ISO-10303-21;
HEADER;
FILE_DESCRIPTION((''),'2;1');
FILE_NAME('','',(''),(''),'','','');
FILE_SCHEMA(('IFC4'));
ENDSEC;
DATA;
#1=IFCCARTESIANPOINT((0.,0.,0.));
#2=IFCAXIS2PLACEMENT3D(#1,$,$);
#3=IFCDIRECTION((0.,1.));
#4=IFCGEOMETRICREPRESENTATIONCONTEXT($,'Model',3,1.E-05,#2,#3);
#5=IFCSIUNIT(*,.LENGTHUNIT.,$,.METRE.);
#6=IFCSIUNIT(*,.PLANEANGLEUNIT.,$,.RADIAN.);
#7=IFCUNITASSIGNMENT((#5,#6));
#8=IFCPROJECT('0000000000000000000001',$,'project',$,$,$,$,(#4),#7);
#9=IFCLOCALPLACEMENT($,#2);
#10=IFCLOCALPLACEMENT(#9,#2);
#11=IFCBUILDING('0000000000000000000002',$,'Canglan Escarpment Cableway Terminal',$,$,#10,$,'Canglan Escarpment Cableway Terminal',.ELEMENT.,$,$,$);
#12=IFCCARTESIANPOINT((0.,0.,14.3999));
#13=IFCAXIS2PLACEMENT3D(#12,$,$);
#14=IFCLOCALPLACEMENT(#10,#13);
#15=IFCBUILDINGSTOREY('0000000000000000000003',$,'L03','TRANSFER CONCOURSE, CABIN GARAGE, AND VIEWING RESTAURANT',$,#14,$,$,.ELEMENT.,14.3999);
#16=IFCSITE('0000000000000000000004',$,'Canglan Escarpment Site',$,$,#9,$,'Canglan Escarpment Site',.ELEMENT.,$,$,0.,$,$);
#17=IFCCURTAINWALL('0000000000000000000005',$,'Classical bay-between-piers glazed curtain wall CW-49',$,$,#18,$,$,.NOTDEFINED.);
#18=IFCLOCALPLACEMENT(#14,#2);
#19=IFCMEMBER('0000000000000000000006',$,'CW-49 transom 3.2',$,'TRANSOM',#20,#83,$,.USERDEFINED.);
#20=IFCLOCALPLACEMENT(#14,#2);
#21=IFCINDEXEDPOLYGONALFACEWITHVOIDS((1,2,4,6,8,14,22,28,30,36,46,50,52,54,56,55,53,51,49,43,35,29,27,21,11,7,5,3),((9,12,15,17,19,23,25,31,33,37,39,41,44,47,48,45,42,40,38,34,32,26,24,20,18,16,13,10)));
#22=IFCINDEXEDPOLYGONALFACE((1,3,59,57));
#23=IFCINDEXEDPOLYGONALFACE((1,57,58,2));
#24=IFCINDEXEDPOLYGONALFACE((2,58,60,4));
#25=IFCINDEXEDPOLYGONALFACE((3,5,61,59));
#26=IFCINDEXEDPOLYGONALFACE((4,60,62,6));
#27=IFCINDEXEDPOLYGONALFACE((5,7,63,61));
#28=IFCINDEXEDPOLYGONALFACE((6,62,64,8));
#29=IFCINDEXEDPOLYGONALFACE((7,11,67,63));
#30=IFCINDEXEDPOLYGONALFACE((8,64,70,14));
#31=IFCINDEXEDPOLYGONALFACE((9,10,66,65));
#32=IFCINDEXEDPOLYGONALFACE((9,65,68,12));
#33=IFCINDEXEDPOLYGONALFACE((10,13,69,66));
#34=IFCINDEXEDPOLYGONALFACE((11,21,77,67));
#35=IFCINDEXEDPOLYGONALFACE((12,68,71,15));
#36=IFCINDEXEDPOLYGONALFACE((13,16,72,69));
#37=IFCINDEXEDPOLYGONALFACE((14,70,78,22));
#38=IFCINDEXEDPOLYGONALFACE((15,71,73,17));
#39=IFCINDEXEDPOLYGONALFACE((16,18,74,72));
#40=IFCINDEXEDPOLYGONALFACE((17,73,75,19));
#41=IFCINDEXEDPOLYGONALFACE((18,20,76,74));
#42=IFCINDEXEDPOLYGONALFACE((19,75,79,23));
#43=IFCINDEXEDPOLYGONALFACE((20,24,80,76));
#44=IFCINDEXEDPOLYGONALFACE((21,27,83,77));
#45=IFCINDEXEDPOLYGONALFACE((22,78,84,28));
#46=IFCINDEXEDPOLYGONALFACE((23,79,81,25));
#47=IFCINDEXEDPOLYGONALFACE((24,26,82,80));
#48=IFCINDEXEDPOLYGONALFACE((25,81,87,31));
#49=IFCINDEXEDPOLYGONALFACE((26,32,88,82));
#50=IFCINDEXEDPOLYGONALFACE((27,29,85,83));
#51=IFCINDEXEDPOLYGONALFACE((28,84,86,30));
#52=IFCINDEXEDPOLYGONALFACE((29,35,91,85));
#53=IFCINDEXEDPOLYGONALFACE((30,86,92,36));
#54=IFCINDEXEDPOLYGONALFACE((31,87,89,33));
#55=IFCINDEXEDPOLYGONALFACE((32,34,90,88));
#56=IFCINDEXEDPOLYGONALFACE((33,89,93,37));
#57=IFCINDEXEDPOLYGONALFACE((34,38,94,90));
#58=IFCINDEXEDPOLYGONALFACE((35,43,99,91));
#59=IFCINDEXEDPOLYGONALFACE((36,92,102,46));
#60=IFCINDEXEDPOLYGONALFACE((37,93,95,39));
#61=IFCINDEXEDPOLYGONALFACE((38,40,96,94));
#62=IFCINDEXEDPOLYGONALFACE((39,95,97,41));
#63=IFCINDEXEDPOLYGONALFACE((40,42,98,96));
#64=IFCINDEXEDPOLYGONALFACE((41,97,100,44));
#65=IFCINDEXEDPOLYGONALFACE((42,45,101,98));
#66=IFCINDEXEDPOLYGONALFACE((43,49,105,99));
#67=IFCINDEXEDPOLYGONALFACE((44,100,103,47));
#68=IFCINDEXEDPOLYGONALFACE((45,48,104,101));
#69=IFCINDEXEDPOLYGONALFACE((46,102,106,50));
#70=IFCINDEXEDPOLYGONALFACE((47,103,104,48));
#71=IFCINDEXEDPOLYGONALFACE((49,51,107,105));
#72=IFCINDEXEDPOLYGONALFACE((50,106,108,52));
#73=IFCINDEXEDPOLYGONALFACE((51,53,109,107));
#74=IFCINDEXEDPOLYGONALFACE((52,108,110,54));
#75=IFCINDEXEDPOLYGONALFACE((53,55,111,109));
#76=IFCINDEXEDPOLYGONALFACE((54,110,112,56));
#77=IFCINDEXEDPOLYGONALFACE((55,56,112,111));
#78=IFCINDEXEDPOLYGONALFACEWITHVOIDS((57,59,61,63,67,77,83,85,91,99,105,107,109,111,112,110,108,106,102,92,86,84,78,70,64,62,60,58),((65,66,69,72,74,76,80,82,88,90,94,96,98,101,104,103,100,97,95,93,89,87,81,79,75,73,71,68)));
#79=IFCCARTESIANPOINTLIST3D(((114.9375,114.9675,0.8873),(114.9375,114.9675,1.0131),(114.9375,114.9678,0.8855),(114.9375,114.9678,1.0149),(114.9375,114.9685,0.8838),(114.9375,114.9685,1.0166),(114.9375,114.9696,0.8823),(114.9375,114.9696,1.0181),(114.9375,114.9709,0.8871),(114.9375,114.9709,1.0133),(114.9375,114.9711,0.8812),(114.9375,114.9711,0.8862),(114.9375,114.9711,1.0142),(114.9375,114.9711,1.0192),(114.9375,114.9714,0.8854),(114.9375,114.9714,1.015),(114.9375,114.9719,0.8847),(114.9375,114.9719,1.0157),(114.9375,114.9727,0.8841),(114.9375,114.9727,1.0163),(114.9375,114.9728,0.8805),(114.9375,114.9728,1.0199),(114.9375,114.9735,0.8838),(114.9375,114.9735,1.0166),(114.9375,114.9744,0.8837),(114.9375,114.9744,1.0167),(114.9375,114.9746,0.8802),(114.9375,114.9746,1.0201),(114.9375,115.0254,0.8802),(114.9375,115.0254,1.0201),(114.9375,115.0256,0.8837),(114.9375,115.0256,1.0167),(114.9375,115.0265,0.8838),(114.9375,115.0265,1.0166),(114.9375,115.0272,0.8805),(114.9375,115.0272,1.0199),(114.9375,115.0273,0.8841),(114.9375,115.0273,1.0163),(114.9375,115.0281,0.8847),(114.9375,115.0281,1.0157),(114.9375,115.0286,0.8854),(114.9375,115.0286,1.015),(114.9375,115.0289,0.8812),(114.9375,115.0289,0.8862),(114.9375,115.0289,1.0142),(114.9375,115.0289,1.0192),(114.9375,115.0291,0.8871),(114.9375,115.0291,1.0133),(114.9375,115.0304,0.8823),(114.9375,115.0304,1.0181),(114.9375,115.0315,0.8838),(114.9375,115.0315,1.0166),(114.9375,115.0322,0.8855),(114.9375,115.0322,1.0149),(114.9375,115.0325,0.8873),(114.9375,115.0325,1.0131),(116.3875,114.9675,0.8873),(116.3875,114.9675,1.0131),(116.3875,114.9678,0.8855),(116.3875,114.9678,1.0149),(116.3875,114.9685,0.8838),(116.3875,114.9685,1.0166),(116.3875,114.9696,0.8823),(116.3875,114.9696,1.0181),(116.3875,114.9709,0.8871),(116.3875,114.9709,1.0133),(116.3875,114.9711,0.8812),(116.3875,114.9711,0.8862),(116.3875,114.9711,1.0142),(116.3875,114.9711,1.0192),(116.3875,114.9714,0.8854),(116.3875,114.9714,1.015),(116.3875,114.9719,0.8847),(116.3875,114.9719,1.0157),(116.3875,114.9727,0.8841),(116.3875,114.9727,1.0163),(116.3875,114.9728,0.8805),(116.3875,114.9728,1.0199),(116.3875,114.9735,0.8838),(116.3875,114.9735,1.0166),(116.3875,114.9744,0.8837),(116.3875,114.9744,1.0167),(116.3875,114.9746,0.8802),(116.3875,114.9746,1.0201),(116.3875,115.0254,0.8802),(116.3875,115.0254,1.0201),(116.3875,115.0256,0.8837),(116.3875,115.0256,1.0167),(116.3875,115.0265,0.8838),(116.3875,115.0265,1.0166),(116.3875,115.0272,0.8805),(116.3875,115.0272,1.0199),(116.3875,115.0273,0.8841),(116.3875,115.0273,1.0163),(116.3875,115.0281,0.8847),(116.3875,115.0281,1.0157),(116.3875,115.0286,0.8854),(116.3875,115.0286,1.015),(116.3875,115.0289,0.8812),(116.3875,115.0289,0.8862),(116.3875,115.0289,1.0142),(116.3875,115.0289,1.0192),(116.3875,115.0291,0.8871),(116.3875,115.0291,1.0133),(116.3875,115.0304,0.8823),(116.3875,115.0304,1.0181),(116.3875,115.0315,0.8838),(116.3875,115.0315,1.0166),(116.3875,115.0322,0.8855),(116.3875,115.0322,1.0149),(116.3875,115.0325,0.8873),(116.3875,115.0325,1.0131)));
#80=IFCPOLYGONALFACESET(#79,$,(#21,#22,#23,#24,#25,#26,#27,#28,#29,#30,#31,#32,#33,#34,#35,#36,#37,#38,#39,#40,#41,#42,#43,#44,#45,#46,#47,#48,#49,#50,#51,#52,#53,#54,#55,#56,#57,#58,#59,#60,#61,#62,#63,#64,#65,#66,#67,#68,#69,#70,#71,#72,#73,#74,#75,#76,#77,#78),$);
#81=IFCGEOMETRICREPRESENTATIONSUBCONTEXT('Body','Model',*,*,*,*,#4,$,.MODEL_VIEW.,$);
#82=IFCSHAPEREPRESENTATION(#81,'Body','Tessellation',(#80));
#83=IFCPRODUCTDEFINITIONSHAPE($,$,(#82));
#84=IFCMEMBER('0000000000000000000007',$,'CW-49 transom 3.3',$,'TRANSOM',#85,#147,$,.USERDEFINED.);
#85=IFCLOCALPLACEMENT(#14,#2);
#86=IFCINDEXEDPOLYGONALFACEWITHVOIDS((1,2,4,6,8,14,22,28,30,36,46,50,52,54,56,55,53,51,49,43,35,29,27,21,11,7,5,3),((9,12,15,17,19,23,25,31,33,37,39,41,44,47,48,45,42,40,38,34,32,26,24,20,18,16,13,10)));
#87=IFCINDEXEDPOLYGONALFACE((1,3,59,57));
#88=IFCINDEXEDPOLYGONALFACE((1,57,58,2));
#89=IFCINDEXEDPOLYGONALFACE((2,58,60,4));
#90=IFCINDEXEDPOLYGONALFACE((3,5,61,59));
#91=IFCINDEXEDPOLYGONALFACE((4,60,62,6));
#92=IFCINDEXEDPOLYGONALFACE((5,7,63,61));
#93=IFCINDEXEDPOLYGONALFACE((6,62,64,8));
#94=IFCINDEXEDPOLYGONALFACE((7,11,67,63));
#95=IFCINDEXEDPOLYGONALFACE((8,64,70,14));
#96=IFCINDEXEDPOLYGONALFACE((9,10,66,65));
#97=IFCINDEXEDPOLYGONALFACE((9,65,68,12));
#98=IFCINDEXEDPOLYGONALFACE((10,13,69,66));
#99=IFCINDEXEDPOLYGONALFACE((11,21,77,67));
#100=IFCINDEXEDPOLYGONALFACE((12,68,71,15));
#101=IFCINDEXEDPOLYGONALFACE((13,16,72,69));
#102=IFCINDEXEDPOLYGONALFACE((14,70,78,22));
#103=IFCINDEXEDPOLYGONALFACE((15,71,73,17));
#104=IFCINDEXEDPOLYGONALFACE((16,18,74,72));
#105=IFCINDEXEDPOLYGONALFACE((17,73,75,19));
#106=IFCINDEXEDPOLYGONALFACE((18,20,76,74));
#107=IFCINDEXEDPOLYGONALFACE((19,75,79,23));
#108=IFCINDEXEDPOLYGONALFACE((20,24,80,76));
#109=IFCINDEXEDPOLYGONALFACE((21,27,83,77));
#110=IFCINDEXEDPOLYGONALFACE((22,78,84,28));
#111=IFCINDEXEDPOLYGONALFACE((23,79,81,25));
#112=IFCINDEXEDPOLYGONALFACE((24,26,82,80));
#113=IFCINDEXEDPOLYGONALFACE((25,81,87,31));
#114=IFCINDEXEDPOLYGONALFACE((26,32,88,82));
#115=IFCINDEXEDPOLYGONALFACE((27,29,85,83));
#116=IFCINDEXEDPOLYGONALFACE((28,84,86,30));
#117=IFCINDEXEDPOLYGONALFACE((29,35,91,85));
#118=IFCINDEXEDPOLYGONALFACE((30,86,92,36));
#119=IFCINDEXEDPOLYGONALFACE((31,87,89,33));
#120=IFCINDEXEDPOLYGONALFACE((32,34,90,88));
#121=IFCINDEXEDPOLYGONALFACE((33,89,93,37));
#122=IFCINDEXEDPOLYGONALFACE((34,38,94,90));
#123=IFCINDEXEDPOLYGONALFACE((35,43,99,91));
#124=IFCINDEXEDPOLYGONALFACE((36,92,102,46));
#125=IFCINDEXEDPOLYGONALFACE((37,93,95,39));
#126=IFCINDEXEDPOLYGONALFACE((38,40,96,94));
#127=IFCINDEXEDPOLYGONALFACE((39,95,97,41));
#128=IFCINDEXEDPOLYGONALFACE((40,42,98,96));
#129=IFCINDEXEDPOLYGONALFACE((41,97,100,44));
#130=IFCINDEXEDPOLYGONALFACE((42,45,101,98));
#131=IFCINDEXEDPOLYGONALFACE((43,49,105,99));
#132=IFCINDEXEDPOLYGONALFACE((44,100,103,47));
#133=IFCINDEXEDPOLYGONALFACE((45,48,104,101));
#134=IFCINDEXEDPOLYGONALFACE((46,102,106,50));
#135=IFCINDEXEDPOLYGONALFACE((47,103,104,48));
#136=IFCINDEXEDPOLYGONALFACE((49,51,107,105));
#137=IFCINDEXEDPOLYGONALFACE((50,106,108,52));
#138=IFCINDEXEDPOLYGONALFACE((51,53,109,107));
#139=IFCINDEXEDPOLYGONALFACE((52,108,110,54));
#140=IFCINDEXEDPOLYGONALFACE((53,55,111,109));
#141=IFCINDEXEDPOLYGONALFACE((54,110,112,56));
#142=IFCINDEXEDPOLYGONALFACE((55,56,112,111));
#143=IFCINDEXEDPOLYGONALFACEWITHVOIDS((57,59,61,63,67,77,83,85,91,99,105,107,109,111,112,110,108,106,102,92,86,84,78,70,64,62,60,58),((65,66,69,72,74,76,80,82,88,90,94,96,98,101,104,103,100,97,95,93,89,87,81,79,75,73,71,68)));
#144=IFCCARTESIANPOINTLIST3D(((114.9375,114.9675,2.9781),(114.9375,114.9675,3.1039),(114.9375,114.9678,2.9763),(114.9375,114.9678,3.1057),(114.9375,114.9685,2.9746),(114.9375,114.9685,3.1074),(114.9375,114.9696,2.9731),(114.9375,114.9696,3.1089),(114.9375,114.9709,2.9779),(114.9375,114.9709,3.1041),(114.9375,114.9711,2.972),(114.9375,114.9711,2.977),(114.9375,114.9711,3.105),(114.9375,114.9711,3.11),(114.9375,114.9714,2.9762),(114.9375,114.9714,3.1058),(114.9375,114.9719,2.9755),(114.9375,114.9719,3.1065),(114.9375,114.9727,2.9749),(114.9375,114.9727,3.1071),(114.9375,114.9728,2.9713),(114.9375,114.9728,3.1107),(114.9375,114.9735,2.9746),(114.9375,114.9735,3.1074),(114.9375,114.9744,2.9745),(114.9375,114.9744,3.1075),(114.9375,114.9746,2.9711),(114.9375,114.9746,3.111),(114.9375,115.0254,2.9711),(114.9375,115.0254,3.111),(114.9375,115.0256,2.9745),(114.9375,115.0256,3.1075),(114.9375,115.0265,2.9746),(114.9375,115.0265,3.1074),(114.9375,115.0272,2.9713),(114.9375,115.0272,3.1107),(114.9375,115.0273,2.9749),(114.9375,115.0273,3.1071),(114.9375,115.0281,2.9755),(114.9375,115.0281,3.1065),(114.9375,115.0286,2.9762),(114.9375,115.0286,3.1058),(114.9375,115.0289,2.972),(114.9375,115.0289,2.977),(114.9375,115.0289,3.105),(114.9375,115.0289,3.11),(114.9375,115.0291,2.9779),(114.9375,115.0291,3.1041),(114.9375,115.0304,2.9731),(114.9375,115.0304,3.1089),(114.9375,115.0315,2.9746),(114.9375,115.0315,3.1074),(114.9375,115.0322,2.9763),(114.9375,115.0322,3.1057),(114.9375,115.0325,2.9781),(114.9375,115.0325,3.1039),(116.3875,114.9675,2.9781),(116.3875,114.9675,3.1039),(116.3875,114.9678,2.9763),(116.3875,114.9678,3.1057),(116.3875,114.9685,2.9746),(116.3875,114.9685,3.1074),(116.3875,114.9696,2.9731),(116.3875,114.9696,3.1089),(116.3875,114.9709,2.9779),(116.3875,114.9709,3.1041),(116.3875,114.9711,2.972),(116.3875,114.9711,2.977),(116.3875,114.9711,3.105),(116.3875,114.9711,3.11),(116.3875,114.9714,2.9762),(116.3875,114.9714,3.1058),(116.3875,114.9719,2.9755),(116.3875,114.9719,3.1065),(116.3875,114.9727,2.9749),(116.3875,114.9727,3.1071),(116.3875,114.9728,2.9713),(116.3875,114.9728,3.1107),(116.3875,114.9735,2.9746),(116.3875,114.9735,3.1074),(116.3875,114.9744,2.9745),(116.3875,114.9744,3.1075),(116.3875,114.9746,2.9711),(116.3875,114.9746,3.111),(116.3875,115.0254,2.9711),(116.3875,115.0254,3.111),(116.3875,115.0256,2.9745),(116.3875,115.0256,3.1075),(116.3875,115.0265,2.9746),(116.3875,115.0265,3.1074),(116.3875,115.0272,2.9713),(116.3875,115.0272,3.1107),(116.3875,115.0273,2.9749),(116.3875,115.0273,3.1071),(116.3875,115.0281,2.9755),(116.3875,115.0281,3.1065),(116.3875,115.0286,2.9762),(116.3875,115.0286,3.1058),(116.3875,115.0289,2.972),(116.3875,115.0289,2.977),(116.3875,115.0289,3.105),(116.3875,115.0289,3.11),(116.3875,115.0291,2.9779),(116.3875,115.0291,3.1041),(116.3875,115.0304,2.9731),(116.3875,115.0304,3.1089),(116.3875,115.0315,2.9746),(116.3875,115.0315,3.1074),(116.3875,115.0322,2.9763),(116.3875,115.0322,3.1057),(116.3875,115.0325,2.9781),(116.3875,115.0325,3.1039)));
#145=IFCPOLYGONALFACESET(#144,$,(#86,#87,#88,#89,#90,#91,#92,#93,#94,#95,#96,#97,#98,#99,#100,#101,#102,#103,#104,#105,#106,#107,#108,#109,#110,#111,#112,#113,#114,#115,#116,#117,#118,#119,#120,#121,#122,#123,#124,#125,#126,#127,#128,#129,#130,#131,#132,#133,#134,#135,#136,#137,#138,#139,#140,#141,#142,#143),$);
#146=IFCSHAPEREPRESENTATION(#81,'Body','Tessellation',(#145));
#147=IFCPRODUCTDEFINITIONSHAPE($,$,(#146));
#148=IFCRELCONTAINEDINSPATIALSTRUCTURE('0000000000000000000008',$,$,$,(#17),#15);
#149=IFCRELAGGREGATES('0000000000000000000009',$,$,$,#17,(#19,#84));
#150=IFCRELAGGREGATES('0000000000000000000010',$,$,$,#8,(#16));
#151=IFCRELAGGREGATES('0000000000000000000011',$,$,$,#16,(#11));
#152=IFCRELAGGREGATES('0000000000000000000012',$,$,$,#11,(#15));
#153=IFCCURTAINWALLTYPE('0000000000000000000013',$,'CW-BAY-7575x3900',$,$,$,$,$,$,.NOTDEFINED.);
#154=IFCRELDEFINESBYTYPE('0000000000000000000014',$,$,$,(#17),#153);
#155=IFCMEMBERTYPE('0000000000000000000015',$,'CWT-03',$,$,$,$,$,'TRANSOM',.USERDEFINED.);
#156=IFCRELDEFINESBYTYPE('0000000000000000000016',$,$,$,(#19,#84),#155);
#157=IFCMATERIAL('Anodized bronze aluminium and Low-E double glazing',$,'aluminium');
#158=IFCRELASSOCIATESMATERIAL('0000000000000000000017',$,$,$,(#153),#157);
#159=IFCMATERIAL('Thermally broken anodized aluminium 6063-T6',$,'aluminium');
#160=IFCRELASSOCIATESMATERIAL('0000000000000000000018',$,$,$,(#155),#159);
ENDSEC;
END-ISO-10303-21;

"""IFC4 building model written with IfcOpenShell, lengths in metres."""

from ifc_helpers import new_model, si_unit, direction, frame, origin, origin_2d, place, context, subcontext, project, spatial, hollow_rectangle, extrude, material, material_profile, profile_set, type_object, element, aggregate, save


model = new_model("IFC4")

# Units and contexts
model_context = context("Model", 3, precision=1e-05, world=origin(), true_north=direction((0.0, 1.0)))
body_context = subcontext(model_context, "Body", "Model", "MODEL_VIEW")
ifc_project = project(units=[si_unit("LENGTHUNIT", "METRE"), si_unit("PLANEANGLEUNIT", "RADIAN")], contexts=[model_context])

# Site, building, storey
site_placement = place(None, origin())
site = spatial("IfcSite", under=ifc_project, at=site_placement, Name="Canglan Escarpment Site", LongName="Canglan Escarpment Site", CompositionType="ELEMENT", RefElevation=0.0)
building_placement = place(site_placement, origin())
building = spatial("IfcBuilding", under=site, at=building_placement, Name="Canglan Escarpment Cableway Terminal", LongName="Canglan Escarpment Cableway Terminal", CompositionType="ELEMENT")
storey_placement = place(building_placement, frame((0.0, 0.0, 14.3999)))
storey = spatial("IfcBuildingStorey", under=building, at=storey_placement, Name="L03", Description="TRANSFER CONCOURSE, CABIN GARAGE, AND VIEWING RESTAURANT", CompositionType="ELEMENT", Elevation=14.3999)

# Curtain wall, members
ifc_material_1 = material(Name="Anodized bronze aluminium and Low-E double glazing", Category="aluminium")
curtain_wall_type = type_object("IfcCurtainWallType", Name="CW-BAY-7575x3900", PredefinedType="NOTDEFINED", material=ifc_material_1)
curtain_wall_placement = place(storey_placement, origin())
curtain_wall = element("IfcCurtainWall", 1, at=curtain_wall_placement, inside=storey, type_object=curtain_wall_type, Name="Classical bay-between-piers glazed curtain wall CW-49", PredefinedType="NOTDEFINED")
ifc_material_2 = material(Name="Thermally broken anodized aluminium 6063-T6", Category="aluminium")
ifc_material_profile_1 = material_profile(ifc_material_2, hollow_rectangle(XDim=0.0649, YDim=0.1399, WallThickness=0.0034, InnerFilletRadius=0.0034, OuterFilletRadius=0.0071, at=origin_2d()), Name="ALU-TRAN 65x140x3.5")
ifc_profile_set_1 = profile_set([ifc_material_profile_1], Name="Thermally broken anodized aluminium 6063-T6")
member_type_1 = type_object("IfcMemberType", Name="CWT-03", ElementType="TRANSOM", PredefinedType="USERDEFINED", material=ifc_profile_set_1)
member_1_placement = place(storey_placement, frame((116.3875, 115.0, 0.9502), z_axis=(-1.0, 0.0, 0.0), x_axis=(0.0, -1.0, 0.0)))
member_1 = element("IfcMember", 2, at=member_1_placement, type_object=member_type_1, Name="CW-49 transom 3.2", ObjectType="TRANSOM", PredefinedType="USERDEFINED", context=body_context, shape_type="SweptSolid", body=[
    extrude(hollow_rectangle(XDim=0.0649, YDim=0.1399, WallThickness=0.0034, InnerFilletRadius=0.0034, OuterFilletRadius=0.0071, at=origin_2d()), origin(), (0.0, 0.0, 1.0), 1.45),
])
member_2_placement = place(storey_placement, frame((116.3875, 115.0, 3.041), z_axis=(-1.0, 0.0, 0.0), x_axis=(0.0, -1.0, 0.0)))
member_2 = element("IfcMember", 3, at=member_2_placement, type_object=member_type_1, Name="CW-49 transom 3.3", ObjectType="TRANSOM", PredefinedType="USERDEFINED", context=body_context, shape_type="SweptSolid", body=[
    extrude(hollow_rectangle(XDim=0.0649, YDim=0.1399, WallThickness=0.0034, InnerFilletRadius=0.0034, OuterFilletRadius=0.0071, at=origin_2d()), origin(), (0.0, 0.0, 1.0), 1.45),
])
aggregate(curtain_wall, [member_1, member_2])

save(model, "model.ifc")
